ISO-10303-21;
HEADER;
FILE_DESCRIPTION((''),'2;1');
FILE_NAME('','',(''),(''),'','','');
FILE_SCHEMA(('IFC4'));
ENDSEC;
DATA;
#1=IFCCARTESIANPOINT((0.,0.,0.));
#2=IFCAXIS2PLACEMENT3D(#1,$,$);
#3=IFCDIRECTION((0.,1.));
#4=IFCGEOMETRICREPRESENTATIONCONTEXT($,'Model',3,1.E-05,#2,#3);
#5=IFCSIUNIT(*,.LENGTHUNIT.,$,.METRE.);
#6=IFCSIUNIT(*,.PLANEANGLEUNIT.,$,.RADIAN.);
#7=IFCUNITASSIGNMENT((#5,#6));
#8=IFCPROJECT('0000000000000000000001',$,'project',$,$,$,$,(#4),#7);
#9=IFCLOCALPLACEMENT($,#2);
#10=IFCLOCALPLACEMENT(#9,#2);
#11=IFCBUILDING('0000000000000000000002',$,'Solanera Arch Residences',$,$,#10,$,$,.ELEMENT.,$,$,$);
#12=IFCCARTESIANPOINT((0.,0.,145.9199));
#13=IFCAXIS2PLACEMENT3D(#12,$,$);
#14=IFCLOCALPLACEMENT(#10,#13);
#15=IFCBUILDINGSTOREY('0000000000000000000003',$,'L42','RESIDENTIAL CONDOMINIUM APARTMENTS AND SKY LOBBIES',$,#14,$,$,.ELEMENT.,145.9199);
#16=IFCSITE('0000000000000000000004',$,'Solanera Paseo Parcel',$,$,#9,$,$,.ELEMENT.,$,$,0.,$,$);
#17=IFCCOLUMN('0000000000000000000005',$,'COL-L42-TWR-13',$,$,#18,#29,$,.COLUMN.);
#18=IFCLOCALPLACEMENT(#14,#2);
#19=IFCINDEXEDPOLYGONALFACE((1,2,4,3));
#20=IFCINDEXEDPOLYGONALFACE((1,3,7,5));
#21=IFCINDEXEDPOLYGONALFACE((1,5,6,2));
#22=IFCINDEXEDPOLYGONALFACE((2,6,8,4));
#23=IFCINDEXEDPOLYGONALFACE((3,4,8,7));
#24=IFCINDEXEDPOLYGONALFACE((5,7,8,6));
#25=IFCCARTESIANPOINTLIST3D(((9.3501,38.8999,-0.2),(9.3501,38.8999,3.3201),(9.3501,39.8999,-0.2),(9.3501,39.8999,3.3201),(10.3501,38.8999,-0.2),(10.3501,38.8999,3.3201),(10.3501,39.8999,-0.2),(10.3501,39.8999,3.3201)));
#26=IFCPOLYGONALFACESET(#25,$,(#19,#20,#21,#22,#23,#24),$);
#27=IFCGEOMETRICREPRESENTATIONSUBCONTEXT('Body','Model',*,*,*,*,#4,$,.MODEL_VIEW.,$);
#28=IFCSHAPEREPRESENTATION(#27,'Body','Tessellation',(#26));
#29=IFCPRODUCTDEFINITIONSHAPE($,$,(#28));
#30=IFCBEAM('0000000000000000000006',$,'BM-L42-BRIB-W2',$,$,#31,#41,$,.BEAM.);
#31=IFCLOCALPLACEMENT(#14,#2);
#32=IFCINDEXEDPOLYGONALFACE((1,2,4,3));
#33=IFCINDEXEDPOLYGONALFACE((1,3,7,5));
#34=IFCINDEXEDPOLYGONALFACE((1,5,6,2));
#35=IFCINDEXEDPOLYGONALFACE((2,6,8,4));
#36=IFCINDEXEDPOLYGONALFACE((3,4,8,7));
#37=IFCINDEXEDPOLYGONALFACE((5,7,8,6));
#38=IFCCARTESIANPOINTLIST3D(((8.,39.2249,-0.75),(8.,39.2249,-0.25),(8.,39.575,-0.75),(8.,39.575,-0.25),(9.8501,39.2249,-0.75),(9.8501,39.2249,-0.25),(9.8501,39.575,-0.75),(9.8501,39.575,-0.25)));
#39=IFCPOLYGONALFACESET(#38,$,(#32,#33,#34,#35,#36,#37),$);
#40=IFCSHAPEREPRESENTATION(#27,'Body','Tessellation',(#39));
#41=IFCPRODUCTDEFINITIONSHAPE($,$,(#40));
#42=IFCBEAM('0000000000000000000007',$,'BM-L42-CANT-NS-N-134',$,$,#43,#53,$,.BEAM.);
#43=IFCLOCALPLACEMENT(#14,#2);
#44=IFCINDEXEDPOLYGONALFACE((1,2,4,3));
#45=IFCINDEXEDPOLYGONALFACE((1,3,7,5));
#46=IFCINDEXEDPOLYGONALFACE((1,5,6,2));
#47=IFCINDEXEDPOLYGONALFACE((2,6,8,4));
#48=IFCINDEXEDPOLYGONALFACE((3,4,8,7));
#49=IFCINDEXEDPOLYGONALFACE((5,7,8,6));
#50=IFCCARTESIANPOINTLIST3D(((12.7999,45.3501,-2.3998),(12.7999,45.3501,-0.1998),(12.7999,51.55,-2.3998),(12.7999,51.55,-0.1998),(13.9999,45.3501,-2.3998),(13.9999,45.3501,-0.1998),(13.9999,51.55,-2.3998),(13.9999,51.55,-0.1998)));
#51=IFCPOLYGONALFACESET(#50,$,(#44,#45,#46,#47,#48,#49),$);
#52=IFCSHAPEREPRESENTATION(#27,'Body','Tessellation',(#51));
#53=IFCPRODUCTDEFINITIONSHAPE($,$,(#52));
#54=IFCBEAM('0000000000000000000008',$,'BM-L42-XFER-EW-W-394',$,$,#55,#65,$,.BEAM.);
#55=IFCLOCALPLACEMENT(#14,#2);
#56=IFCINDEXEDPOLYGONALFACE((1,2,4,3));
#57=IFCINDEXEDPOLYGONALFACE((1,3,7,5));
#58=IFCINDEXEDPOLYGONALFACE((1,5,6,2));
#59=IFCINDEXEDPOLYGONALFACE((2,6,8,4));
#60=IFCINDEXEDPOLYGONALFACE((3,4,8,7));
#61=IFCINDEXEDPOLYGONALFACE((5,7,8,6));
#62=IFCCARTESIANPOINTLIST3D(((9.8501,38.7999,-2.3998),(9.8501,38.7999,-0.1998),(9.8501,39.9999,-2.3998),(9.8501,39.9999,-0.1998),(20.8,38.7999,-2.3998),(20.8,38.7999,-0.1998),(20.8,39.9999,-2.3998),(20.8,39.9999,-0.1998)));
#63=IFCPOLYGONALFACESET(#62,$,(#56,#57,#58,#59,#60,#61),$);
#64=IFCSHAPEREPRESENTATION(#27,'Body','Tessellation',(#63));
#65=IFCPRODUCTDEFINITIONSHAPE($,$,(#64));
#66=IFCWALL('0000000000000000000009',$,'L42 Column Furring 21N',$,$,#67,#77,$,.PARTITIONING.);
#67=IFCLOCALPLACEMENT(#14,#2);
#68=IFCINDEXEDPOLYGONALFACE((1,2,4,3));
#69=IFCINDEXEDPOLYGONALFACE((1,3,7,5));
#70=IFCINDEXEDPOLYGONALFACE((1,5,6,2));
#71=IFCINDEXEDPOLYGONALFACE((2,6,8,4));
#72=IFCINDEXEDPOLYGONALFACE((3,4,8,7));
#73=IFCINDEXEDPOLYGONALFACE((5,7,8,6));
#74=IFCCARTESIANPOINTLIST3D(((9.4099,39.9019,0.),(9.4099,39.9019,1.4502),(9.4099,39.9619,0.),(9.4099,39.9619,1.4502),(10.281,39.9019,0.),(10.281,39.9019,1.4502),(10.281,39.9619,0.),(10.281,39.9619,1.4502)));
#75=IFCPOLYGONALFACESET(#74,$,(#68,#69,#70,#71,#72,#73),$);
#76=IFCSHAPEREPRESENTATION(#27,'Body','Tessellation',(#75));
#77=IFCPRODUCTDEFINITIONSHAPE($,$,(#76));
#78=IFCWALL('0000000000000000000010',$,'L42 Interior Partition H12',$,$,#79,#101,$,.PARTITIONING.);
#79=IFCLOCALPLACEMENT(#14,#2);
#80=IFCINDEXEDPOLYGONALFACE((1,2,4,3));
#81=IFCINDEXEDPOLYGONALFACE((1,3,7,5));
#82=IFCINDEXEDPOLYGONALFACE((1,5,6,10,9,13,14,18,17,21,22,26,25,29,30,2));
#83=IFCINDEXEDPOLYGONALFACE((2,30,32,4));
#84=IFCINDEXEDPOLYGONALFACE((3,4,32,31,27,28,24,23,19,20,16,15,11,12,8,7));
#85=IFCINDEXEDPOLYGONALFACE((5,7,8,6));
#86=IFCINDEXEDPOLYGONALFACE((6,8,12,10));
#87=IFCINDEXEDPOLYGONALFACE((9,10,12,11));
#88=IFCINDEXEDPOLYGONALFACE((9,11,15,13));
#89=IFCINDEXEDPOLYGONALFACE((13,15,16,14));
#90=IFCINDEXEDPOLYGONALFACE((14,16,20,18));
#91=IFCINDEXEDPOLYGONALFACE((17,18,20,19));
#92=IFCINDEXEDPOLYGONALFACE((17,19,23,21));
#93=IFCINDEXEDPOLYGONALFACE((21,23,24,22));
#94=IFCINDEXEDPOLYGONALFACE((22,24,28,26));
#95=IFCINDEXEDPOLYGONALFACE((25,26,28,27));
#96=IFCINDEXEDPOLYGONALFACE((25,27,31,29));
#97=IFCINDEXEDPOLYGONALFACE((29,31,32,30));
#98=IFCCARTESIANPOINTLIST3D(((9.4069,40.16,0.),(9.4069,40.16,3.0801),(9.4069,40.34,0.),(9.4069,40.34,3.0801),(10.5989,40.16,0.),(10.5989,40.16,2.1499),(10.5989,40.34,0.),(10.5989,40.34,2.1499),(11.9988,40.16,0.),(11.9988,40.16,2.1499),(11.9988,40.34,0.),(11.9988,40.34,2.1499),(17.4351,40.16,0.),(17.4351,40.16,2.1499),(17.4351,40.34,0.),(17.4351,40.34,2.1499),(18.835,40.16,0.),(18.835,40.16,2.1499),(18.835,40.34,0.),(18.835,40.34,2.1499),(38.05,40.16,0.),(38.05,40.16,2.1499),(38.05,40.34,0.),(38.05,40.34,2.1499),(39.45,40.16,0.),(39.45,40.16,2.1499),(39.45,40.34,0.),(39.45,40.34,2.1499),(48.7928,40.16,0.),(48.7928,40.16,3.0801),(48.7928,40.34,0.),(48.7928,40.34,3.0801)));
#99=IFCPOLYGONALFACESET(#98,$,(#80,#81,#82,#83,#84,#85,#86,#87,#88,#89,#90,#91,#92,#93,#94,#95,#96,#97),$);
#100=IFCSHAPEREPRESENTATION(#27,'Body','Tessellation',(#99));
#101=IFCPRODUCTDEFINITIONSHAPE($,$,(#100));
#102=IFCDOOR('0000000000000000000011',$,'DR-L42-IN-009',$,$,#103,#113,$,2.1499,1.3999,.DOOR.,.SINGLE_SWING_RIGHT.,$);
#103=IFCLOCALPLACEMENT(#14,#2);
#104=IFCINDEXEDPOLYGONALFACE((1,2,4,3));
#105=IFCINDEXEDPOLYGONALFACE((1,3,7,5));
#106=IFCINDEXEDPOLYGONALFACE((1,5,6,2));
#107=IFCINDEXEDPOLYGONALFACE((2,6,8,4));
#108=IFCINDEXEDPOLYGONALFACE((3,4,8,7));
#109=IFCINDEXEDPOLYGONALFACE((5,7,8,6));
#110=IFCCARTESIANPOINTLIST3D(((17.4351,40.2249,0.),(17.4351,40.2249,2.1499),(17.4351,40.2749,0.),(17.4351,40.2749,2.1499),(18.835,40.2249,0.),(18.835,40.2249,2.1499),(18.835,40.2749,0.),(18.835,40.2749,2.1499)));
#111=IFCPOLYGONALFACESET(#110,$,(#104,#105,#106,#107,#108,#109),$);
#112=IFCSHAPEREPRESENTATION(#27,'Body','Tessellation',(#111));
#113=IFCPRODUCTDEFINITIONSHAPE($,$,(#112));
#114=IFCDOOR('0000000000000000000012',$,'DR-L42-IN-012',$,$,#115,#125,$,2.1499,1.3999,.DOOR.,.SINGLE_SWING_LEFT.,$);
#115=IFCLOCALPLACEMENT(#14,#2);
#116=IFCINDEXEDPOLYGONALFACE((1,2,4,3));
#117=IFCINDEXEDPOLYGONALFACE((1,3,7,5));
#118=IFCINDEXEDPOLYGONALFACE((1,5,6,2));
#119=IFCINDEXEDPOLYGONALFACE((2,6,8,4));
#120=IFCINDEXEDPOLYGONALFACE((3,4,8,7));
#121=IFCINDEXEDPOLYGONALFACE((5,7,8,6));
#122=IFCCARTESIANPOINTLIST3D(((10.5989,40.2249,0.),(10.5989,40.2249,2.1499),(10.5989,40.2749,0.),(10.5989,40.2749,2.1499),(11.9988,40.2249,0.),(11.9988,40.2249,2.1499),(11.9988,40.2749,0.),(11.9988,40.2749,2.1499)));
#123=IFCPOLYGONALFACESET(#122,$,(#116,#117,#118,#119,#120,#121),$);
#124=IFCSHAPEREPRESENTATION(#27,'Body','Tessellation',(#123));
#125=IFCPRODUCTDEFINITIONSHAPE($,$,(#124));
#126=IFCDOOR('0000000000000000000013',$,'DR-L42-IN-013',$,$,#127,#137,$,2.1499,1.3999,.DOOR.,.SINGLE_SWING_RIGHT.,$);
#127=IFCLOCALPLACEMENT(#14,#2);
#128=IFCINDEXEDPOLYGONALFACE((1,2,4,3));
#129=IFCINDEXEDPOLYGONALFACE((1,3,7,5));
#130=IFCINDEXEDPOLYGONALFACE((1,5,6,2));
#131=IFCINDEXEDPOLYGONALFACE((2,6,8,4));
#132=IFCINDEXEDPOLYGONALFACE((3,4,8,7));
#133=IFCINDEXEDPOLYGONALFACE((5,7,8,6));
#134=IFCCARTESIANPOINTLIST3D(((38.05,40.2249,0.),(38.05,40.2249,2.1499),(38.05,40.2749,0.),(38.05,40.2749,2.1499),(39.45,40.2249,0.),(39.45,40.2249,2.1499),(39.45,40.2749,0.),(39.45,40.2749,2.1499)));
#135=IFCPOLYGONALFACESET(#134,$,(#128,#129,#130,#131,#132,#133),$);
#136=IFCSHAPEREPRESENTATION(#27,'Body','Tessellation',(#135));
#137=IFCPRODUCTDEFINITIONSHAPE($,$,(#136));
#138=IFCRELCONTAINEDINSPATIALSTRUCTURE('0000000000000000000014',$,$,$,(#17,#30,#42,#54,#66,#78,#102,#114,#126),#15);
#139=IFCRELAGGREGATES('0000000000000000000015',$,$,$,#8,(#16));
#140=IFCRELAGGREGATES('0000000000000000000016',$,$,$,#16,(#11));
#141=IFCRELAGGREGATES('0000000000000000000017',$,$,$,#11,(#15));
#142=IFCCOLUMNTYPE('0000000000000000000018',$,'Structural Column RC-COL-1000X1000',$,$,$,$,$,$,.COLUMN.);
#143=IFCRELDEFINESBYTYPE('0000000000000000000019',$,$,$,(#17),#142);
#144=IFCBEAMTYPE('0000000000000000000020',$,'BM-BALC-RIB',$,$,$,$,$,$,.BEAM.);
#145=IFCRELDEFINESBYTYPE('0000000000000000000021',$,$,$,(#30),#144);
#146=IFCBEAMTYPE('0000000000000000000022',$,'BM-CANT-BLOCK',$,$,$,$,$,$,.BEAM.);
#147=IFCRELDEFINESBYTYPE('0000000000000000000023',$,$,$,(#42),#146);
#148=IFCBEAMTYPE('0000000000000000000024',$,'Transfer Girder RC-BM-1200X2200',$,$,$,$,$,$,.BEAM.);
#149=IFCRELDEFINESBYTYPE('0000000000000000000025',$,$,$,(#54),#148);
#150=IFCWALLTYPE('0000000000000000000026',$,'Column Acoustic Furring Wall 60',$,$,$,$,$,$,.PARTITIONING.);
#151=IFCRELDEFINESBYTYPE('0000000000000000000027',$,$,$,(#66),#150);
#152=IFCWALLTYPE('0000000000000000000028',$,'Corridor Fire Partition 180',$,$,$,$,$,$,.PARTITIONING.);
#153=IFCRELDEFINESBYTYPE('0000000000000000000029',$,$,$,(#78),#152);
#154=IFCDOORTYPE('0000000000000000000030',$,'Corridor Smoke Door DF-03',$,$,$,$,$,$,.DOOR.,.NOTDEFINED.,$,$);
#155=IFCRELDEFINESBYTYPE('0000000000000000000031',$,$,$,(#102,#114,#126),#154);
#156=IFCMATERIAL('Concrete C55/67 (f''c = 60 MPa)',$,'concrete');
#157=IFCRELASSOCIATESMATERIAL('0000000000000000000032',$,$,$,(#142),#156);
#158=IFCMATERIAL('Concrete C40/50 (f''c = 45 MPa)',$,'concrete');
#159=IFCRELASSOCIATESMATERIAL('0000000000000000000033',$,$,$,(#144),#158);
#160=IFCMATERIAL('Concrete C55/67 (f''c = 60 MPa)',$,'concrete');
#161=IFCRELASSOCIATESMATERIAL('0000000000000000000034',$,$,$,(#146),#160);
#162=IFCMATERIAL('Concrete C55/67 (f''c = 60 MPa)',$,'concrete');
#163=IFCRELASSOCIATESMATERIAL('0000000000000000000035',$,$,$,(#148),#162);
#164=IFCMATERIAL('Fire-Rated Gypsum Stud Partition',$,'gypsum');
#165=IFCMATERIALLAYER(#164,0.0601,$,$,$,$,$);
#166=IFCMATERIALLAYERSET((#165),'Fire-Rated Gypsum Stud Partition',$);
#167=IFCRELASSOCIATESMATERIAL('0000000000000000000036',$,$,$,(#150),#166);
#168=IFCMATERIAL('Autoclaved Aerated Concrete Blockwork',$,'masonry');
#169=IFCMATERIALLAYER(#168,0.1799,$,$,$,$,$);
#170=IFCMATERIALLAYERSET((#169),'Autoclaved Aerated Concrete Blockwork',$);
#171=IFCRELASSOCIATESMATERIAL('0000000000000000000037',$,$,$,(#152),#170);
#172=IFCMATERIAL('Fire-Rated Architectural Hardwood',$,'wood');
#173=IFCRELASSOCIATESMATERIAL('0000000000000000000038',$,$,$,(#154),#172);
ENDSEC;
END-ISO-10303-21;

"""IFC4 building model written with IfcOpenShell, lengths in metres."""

from ifc_helpers import new_model, si_unit, direction, frame, frame_2d, origin, origin_2d, place, context, subcontext, project, spatial, rectangle, extrude, material, layer, layer_set, material_profile, profile_set, type_object, element, fill, save


model = new_model("IFC4")

# Units and contexts
model_context = context("Model", 3, precision=1e-05, world=origin(), true_north=direction((0.0, 1.0)))
body_context = subcontext(model_context, "Body", "Model", "MODEL_VIEW")
ifc_project = project(units=[si_unit("LENGTHUNIT", "METRE"), si_unit("PLANEANGLEUNIT", "RADIAN")], contexts=[model_context])

# Site, building, storey
site_placement = place(None, origin())
site = spatial("IfcSite", under=ifc_project, at=site_placement, Name="Solanera Paseo Parcel", CompositionType="ELEMENT", RefElevation=0.0)
building_placement = place(site_placement, origin())
building = spatial("IfcBuilding", under=site, at=building_placement, Name="Solanera Arch Residences", CompositionType="ELEMENT")
storey_placement = place(building_placement, frame((0.0, 0.0, 145.9199)))
storey = spatial("IfcBuildingStorey", under=building, at=storey_placement, Name="L42", Description="RESIDENTIAL CONDOMINIUM APARTMENTS AND SKY LOBBIES", CompositionType="ELEMENT", Elevation=145.9199)

# Column
ifc_material_1 = material(Name="Concrete C55/67 (f'c = 60 MPa)", Category="concrete")
ifc_material_profile_1 = material_profile(ifc_material_1, rectangle(XDim=1.0, YDim=1.0, at=origin_2d()))
ifc_profile_set_1 = profile_set([ifc_material_profile_1], Name="Concrete C55/67 (f'c = 60 MPa)")
column_type = type_object("IfcColumnType", Name="Structural Column RC-COL-1000X1000", PredefinedType="COLUMN", material=ifc_profile_set_1)
column_placement = place(storey_placement, frame((9.8501, 39.3999, -0.2), z_axis=(0.0, 0.0, 1.0), x_axis=(1.0, 0.0, 0.0)))
element("IfcColumn", 1, at=column_placement, inside=storey, type_object=column_type, Name="COL-L42-TWR-13", PredefinedType="COLUMN", context=body_context, shape_type="SweptSolid", body=[
    extrude(rectangle(XDim=1.0, YDim=1.0, at=origin_2d()), origin(), (0.0, 0.0, 1.0), 3.52),
])

# Beams
ifc_material_2 = material(Name="Concrete C40/50 (f'c = 45 MPa)", Category="concrete")
ifc_material_profile_2 = material_profile(ifc_material_2, rectangle(XDim=0.3501, YDim=0.5, at=origin_2d()))
ifc_profile_set_2 = profile_set([ifc_material_profile_2], Name="Concrete C40/50 (f'c = 45 MPa)")
beam_type_1 = type_object("IfcBeamType", Name="BM-BALC-RIB", PredefinedType="BEAM", material=ifc_profile_set_2)
beam_1_placement = place(storey_placement, frame((8.0, 39.3999, -0.5), z_axis=(1.0, 0.0, 0.0), x_axis=(0.0, 1.0, 0.0)))
element("IfcBeam", 2, at=beam_1_placement, inside=storey, type_object=beam_type_1, Name="BM-L42-BRIB-W2", PredefinedType="BEAM", context=body_context, shape_type="SweptSolid", body=[
    extrude(rectangle(XDim=0.3501, YDim=0.5, at=origin_2d()), origin(), (0.0, 0.0, 1.0), 1.8501),
])
ifc_material_3 = material(Name="Concrete C55/67 (f'c = 60 MPa)", Category="concrete")
ifc_material_profile_3 = material_profile(ifc_material_3, rectangle(XDim=1.2, YDim=2.2, at=origin_2d()))
ifc_profile_set_3 = profile_set([ifc_material_profile_3], Name="Concrete C55/67 (f'c = 60 MPa)")
beam_type_2 = type_object("IfcBeamType", Name="BM-CANT-BLOCK", PredefinedType="BEAM", material=ifc_profile_set_3)
beam_2_placement = place(storey_placement, frame((13.3999, 45.3501, -1.2998), z_axis=(0.0, 1.0, 0.0), x_axis=(-1.0, 0.0, 0.0)))
element("IfcBeam", 3, at=beam_2_placement, inside=storey, type_object=beam_type_2, Name="BM-L42-CANT-NS-N-134", PredefinedType="BEAM", context=body_context, shape_type="SweptSolid", body=[
    extrude(rectangle(XDim=1.2, YDim=2.2, at=origin_2d()), origin(), (0.0, 0.0, 1.0), 6.2),
])
ifc_material_4 = material(Name="Concrete C55/67 (f'c = 60 MPa)", Category="concrete")
ifc_material_profile_4 = material_profile(ifc_material_4, rectangle(XDim=1.2, YDim=2.2, at=origin_2d()))
ifc_profile_set_4 = profile_set([ifc_material_profile_4], Name="Concrete C55/67 (f'c = 60 MPa)")
beam_type_3 = type_object("IfcBeamType", Name="Transfer Girder RC-BM-1200X2200", PredefinedType="BEAM", material=ifc_profile_set_4)
beam_3_placement = place(storey_placement, frame((9.8501, 39.3999, -1.2998), z_axis=(1.0, 0.0, 0.0), x_axis=(0.0, 1.0, 0.0)))
element("IfcBeam", 4, at=beam_3_placement, inside=storey, type_object=beam_type_3, Name="BM-L42-XFER-EW-W-394", PredefinedType="BEAM", context=body_context, shape_type="SweptSolid", body=[
    extrude(rectangle(XDim=1.2, YDim=2.2, at=origin_2d()), origin(), (0.0, 0.0, 1.0), 10.95),
])

# Wall
ifc_material_5 = material(Name="Fire-Rated Gypsum Stud Partition", Category="gypsum")
ifc_layer_1 = layer(ifc_material_5, 0.0601)
ifc_layer_set_1 = layer_set([ifc_layer_1], Name="Fire-Rated Gypsum Stud Partition")
wall_type_1 = type_object("IfcWallType", Name="Column Acoustic Furring Wall 60", PredefinedType="PARTITIONING", material=ifc_layer_set_1)
wall_1_placement = place(storey_placement, frame((9.4099, 39.9319, 0.0), z_axis=(0.0, 0.0, 1.0), x_axis=(1.0, 0.0, 0.0)))
element("IfcWall", 5, at=wall_1_placement, inside=storey, type_object=wall_type_1, Name="L42 Column Furring 21N", PredefinedType="PARTITIONING", context=body_context, shape_type="SweptSolid", body=[
    extrude(rectangle(XDim=0.8711, YDim=0.0601, at=frame_2d((0.4355, 0.0))), origin(), (0.0, 0.0, 1.0), 1.4502),
])

# Wall, openings, doors
ifc_material_6 = material(Name="Autoclaved Aerated Concrete Blockwork", Category="masonry")
ifc_layer_2 = layer(ifc_material_6, 0.1799)
ifc_layer_set_2 = layer_set([ifc_layer_2], Name="Autoclaved Aerated Concrete Blockwork")
wall_type_2 = type_object("IfcWallType", Name="Corridor Fire Partition 180", PredefinedType="PARTITIONING", material=ifc_layer_set_2)
wall_2_placement = place(storey_placement, frame((9.407, 40.25, 0.0), z_axis=(0.0, 0.0, 1.0), x_axis=(1.0, 0.0, 0.0)))
wall_2 = element("IfcWall", 6, at=wall_2_placement, inside=storey, type_object=wall_type_2, Name="L42 Interior Partition H12", PredefinedType="PARTITIONING", context=body_context, shape_type="SweptSolid", body=[
    extrude(rectangle(XDim=39.386, YDim=0.1799, at=frame_2d((19.6929, 0.0))), origin(), (0.0, 0.0, 1.0), 3.0801),
])
opening_1_placement = place(wall_2_placement, frame((8.0281, 0.0, 0.0)))
opening_1 = element("IfcOpeningElement", 7, at=opening_1_placement, cuts=wall_2, PredefinedType="OPENING", context=body_context, shape_type="SweptSolid", body=[
    extrude(rectangle(XDim=1.3999, YDim=2.1499, at=frame_2d((0.7, 1.075))), frame((0.0, 0.1001, 0.0), z_axis=(0.0, -1.0, 0.0), x_axis=(1.0, 0.0, 0.0)), (0.0, 0.0, 1.0), 0.1999),
])
opening_2_placement = place(wall_2_placement, frame((1.1919, 0.0, 0.0)))
opening_2 = element("IfcOpeningElement", 8, at=opening_2_placement, cuts=wall_2, PredefinedType="OPENING", context=body_context, shape_type="SweptSolid", body=[
    extrude(rectangle(XDim=1.3999, YDim=2.1499, at=frame_2d((0.7, 1.075))), frame((0.0, 0.1001, 0.0), z_axis=(0.0, -1.0, 0.0), x_axis=(1.0, 0.0, 0.0)), (0.0, 0.0, 1.0), 0.1999),
])
opening_3_placement = place(wall_2_placement, frame((28.6431, 0.0, 0.0)))
opening_3 = element("IfcOpeningElement", 9, at=opening_3_placement, cuts=wall_2, PredefinedType="OPENING", context=body_context, shape_type="SweptSolid", body=[
    extrude(rectangle(XDim=1.3999, YDim=2.1499, at=frame_2d((0.7, 1.075))), frame((0.0, 0.1001, 0.0), z_axis=(0.0, -1.0, 0.0), x_axis=(1.0, 0.0, 0.0)), (0.0, 0.0, 1.0), 0.1999),
])
ifc_material_7 = material(Name="Fire-Rated Architectural Hardwood", Category="wood")
door_type_1 = type_object("IfcDoorType", Name="Corridor Smoke Door DF-03", OperationType="NOTDEFINED", PredefinedType="DOOR", material=ifc_material_7)
door_1_placement = place(opening_1_placement, origin())
door_1 = element("IfcDoor", 10, at=door_1_placement, inside=storey, type_object=door_type_1, Name="DR-L42-IN-009", OperationType="SINGLE_SWING_RIGHT", OverallHeight=2.1499, OverallWidth=1.3999, PredefinedType="DOOR", context=body_context, shape_type="SweptSolid", body=[
    extrude(rectangle(XDim=1.3999, YDim=2.1499, at=frame_2d((0.7, 1.075))), frame((0.0, 0.0249, 0.0), z_axis=(0.0, -1.0, 0.0), x_axis=(1.0, 0.0, 0.0)), (0.0, 0.0, 1.0), 0.05),
])
fill(opening_1, door_1)
door_2_placement = place(opening_2_placement, origin())
door_2 = element("IfcDoor", 11, at=door_2_placement, inside=storey, type_object=door_type_1, Name="DR-L42-IN-012", OperationType="SINGLE_SWING_LEFT", OverallHeight=2.1499, OverallWidth=1.3999, PredefinedType="DOOR", context=body_context, shape_type="SweptSolid", body=[
    extrude(rectangle(XDim=1.3999, YDim=2.1499, at=frame_2d((0.7, 1.075))), frame((0.0, 0.0249, 0.0), z_axis=(0.0, -1.0, 0.0), x_axis=(1.0, 0.0, 0.0)), (0.0, 0.0, 1.0), 0.05),
])
fill(opening_2, door_2)
door_3_placement = place(opening_3_placement, origin())
door_3 = element("IfcDoor", 12, at=door_3_placement, inside=storey, type_object=door_type_1, Name="DR-L42-IN-013", OperationType="SINGLE_SWING_RIGHT", OverallHeight=2.1499, OverallWidth=1.3999, PredefinedType="DOOR", context=body_context, shape_type="SweptSolid", body=[
    extrude(rectangle(XDim=1.3999, YDim=2.1499, at=frame_2d((0.7, 1.075))), frame((0.0, 0.0249, 0.0), z_axis=(0.0, -1.0, 0.0), x_axis=(1.0, 0.0, 0.0)), (0.0, 0.0, 1.0), 0.05),
])
fill(opening_3, door_3)

save(model, "model.ifc")
